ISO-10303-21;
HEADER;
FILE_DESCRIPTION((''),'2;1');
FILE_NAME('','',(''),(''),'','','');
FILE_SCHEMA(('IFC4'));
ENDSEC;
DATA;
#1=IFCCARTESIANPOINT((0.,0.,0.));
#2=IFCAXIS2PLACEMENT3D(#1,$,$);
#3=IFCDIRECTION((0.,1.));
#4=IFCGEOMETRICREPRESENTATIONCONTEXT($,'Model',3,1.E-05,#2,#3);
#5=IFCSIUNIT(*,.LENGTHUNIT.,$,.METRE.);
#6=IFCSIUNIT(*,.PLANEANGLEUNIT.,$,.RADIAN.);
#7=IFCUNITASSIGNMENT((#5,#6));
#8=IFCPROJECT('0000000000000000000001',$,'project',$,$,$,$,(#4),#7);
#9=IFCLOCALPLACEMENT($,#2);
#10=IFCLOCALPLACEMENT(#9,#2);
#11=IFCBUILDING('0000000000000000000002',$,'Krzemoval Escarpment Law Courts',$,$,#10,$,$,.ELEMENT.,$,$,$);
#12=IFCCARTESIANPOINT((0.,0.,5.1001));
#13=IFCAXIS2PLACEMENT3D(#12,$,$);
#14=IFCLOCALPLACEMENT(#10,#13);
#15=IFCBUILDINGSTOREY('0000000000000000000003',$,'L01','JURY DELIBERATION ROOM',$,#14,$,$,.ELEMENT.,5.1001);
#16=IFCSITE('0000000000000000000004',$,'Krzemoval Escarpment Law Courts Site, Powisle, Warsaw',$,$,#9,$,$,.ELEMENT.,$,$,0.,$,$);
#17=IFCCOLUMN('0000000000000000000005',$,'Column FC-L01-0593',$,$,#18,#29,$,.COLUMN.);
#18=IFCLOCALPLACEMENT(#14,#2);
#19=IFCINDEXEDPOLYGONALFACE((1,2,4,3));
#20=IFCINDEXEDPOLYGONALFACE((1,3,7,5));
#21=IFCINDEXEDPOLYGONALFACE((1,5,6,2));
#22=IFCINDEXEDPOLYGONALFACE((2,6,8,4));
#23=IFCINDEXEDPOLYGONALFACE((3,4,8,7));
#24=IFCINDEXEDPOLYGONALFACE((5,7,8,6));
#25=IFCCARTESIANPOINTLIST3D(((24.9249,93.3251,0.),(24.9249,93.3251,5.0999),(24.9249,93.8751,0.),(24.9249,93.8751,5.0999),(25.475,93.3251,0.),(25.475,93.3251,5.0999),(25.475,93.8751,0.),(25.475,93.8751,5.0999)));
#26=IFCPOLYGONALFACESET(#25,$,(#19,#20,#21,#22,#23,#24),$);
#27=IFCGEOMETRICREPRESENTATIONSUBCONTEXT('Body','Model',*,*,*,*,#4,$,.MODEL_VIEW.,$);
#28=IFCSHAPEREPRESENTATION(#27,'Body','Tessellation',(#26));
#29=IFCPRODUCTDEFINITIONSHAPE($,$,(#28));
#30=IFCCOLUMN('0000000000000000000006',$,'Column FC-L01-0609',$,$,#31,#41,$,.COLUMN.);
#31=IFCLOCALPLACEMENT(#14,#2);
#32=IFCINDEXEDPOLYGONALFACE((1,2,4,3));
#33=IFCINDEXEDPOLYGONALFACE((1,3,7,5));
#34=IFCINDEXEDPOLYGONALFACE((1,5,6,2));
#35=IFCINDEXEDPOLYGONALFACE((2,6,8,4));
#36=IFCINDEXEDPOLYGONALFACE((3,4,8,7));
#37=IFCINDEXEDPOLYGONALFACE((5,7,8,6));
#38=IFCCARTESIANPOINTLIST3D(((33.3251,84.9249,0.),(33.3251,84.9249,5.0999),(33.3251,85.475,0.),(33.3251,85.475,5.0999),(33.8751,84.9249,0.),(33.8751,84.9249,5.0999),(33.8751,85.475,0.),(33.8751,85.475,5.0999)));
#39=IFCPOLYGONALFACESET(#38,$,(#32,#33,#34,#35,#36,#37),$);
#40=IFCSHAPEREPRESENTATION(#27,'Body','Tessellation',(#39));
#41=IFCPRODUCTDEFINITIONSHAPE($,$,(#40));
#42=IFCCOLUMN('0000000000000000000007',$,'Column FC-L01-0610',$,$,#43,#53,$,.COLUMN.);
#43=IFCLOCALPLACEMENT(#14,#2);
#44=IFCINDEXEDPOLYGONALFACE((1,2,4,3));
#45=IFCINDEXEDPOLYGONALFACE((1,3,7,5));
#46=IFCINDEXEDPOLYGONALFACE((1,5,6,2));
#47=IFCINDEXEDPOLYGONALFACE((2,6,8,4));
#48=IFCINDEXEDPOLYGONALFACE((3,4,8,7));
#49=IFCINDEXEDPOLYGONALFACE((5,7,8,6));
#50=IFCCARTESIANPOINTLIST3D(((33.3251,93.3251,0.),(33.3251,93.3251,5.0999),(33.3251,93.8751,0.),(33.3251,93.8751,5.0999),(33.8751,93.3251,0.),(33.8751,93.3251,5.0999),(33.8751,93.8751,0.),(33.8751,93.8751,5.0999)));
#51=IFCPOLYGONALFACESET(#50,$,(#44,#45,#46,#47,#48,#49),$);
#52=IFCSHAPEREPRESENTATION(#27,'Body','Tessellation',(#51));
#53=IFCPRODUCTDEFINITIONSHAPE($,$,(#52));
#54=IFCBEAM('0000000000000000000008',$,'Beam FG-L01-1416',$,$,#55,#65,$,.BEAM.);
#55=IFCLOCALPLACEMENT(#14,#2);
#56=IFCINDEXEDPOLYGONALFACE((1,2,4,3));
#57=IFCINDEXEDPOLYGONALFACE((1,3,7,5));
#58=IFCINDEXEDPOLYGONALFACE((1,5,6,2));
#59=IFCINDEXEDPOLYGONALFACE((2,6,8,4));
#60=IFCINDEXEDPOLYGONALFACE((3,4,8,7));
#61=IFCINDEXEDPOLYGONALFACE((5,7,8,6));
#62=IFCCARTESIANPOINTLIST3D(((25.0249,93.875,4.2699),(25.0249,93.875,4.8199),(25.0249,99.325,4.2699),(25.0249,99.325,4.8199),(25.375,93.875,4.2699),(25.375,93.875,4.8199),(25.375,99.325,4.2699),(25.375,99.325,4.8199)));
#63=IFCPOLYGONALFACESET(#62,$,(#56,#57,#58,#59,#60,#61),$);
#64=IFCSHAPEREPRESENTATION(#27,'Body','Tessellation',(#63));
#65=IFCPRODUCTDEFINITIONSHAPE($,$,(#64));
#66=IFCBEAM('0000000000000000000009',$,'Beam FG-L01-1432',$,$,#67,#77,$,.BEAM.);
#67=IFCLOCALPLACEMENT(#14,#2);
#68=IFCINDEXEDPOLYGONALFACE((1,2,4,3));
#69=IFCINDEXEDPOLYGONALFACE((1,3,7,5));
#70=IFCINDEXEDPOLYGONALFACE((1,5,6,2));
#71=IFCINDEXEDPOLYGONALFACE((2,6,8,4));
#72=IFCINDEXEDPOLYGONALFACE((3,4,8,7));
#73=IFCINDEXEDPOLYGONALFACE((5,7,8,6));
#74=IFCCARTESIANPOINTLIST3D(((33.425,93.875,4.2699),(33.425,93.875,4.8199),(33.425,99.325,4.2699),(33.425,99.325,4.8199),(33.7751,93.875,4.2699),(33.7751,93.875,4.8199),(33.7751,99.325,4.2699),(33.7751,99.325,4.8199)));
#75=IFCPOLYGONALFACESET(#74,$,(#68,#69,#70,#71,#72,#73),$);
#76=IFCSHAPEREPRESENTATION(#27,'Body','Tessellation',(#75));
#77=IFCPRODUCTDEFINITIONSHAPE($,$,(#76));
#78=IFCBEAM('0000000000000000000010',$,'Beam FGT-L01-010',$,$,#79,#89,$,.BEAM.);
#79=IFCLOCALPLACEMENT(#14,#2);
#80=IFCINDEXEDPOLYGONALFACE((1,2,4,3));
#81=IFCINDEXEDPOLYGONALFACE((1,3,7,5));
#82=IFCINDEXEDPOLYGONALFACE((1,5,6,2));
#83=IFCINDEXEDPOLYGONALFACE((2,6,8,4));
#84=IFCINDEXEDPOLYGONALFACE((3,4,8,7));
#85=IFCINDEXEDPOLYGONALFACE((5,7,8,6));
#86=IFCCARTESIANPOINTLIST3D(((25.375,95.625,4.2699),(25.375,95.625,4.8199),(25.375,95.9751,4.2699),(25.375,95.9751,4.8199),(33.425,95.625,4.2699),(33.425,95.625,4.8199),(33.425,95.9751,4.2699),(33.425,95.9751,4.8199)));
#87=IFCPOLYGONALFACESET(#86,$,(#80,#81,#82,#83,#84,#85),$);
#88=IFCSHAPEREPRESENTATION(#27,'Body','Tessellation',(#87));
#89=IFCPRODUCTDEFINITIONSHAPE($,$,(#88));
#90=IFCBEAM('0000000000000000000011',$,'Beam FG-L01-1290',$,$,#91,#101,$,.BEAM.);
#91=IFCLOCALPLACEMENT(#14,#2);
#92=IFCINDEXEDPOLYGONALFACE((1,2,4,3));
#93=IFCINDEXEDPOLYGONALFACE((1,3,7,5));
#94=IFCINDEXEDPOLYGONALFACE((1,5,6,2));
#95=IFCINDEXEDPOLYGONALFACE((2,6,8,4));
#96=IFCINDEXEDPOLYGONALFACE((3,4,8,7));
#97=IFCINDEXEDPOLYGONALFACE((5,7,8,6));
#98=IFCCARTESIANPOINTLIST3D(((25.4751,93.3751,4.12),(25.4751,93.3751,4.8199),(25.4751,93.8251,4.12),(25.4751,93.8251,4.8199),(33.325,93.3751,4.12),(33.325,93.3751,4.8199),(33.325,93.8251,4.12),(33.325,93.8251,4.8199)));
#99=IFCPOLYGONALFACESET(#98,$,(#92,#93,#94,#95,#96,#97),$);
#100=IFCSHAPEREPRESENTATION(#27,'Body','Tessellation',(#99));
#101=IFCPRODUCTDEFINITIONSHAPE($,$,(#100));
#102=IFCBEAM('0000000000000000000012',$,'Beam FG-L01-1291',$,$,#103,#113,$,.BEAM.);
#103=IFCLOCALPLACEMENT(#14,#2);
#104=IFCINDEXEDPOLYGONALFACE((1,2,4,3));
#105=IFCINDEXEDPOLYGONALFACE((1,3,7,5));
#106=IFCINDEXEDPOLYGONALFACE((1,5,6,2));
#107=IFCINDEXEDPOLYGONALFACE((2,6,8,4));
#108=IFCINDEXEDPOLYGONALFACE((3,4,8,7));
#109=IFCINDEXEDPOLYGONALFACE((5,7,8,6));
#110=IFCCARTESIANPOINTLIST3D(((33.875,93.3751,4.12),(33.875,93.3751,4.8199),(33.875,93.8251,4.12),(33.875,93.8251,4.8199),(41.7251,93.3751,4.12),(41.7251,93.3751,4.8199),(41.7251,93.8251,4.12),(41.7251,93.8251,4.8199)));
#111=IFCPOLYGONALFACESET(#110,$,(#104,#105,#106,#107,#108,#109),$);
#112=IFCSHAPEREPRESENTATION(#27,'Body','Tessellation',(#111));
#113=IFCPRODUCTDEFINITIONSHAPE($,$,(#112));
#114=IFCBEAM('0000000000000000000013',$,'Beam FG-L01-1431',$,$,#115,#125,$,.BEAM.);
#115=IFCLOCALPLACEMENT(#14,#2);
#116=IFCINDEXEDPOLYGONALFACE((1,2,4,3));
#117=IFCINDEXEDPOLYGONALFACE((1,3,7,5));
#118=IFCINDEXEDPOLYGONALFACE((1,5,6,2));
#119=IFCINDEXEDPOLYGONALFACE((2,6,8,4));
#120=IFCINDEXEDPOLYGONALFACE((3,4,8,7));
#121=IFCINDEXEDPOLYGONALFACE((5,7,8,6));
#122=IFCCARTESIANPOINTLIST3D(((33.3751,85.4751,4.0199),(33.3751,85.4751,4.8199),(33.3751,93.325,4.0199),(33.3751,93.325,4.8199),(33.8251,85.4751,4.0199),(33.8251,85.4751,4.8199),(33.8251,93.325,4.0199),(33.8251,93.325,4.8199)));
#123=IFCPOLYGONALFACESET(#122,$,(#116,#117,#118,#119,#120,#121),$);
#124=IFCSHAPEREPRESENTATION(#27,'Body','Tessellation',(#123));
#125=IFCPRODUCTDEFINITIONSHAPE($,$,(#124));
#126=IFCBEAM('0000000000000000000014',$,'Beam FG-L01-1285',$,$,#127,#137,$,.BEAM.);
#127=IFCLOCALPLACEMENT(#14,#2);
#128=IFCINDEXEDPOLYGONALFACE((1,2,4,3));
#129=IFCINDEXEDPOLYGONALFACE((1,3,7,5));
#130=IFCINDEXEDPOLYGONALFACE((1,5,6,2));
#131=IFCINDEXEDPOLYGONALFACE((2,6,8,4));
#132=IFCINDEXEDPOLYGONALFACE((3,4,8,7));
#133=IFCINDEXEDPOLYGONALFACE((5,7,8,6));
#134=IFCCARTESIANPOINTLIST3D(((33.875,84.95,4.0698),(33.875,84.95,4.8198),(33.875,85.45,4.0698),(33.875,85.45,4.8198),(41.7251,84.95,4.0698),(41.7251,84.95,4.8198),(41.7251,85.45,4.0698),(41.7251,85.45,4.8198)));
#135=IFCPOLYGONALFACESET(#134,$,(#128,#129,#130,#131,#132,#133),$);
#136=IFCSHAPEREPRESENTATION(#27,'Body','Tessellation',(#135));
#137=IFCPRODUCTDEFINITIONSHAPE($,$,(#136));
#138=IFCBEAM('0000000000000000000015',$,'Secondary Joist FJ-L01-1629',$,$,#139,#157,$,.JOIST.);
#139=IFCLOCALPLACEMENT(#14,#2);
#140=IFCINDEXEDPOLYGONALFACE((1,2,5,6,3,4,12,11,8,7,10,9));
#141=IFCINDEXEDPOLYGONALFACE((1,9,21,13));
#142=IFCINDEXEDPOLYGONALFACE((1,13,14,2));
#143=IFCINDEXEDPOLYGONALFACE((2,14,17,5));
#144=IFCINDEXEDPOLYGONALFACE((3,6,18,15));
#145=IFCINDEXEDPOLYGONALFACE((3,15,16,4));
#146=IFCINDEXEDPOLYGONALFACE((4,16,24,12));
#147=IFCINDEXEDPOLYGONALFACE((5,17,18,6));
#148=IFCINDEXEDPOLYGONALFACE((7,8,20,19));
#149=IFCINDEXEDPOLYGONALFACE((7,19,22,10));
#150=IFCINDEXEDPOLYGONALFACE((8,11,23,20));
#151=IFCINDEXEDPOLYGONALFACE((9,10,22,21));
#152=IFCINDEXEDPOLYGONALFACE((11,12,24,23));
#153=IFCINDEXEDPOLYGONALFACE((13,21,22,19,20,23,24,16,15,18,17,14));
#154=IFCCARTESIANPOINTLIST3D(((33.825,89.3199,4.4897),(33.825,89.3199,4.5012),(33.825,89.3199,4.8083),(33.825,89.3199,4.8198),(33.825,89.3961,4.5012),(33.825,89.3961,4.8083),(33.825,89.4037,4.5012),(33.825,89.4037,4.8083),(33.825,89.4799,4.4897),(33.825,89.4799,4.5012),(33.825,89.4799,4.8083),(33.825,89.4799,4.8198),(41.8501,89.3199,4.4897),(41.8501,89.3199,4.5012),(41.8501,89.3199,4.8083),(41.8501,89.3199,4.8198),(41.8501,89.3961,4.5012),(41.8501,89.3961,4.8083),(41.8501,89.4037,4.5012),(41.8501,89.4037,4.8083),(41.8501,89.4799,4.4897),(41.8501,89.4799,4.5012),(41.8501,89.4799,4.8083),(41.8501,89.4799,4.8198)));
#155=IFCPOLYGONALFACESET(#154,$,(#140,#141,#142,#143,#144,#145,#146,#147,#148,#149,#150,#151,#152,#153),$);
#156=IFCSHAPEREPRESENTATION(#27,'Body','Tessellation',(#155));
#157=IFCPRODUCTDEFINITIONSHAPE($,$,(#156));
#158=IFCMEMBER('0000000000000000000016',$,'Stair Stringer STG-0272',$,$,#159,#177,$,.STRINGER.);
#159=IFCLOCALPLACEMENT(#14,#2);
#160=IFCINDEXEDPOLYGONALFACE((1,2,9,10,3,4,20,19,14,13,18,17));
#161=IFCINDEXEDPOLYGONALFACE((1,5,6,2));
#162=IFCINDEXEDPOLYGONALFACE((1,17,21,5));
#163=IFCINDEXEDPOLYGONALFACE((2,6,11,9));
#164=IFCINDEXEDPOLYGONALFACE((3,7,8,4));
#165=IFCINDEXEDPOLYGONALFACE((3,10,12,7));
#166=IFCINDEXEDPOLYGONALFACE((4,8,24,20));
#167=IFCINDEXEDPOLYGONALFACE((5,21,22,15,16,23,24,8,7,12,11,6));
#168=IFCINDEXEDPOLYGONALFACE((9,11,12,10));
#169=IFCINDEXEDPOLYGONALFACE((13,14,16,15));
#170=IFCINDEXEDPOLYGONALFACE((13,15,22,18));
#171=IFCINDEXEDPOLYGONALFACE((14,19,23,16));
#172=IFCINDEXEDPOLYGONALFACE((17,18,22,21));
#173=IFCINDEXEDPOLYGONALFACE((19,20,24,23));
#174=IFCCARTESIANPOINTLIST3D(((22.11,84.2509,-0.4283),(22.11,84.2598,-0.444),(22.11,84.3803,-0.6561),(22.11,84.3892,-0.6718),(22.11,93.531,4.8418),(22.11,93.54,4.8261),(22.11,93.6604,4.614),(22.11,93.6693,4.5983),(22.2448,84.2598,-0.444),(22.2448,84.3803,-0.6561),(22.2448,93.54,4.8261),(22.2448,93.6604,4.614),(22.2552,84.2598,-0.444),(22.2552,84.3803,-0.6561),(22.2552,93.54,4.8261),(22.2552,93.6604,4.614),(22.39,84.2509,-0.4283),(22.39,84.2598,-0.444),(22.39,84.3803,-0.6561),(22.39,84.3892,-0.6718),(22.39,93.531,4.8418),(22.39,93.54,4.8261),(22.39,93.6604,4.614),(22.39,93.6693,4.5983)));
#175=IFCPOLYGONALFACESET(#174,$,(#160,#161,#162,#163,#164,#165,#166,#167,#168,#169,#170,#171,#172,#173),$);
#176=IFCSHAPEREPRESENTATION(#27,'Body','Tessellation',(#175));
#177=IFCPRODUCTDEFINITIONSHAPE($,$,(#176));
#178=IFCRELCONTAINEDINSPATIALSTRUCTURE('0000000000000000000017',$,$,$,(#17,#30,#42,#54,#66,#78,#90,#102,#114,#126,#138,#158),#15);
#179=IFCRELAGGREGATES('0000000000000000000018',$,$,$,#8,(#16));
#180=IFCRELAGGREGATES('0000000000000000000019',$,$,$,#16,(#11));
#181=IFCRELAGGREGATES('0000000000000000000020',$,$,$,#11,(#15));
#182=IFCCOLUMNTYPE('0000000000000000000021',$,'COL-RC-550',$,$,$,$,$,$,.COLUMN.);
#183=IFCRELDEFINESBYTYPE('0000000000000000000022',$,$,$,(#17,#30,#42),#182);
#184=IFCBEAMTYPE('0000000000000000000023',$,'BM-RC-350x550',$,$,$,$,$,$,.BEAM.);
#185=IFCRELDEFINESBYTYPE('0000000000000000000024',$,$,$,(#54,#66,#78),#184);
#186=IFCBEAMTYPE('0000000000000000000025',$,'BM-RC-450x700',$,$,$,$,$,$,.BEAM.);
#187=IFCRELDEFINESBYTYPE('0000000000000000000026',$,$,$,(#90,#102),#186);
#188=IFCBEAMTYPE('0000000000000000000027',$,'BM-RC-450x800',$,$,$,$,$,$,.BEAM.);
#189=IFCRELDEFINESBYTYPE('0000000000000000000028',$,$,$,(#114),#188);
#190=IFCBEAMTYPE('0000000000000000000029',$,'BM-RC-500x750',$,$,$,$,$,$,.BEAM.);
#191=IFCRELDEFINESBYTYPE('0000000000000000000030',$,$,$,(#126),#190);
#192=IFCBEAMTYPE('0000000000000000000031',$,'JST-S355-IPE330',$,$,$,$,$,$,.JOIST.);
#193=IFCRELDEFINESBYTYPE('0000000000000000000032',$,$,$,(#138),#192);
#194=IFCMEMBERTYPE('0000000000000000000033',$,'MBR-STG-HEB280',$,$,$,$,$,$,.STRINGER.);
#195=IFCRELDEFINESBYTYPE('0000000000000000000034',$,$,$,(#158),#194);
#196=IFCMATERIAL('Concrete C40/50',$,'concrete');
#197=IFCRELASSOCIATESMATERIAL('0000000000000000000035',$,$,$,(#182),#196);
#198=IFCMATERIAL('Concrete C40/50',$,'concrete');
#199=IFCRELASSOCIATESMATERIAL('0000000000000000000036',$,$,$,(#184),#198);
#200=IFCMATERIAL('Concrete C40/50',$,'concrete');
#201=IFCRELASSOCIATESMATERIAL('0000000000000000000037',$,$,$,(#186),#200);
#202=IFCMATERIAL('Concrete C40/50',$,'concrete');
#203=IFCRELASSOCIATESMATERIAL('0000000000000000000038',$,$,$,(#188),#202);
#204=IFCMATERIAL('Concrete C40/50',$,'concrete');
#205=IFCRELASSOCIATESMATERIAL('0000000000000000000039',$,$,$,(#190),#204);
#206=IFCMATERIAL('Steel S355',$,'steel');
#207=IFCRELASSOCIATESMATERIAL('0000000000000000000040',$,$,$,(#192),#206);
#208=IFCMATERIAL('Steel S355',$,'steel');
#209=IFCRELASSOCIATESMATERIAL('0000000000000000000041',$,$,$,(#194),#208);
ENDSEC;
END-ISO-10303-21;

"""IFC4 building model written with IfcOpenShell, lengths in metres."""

from ifc_helpers import new_model, si_unit, direction, frame, origin, origin_2d, place, context, subcontext, project, spatial, rectangle, i_section, extrude, material, material_profile, profile_set, type_object, element, save


model = new_model("IFC4")

# Units and contexts
model_context = context("Model", 3, precision=1e-05, world=origin(), true_north=direction((0.0, 1.0)))
body_context = subcontext(model_context, "Body", "Model", "MODEL_VIEW")
ifc_project = project(units=[si_unit("LENGTHUNIT", "METRE"), si_unit("PLANEANGLEUNIT", "RADIAN")], contexts=[model_context])

# Site, building, storey
site_placement = place(None, origin())
site = spatial("IfcSite", under=ifc_project, at=site_placement, Name="Krzemoval Escarpment Law Courts Site, Powisle, Warsaw", CompositionType="ELEMENT", RefElevation=0.0)
building_placement = place(site_placement, origin())
building = spatial("IfcBuilding", under=site, at=building_placement, Name="Krzemoval Escarpment Law Courts", CompositionType="ELEMENT")
storey_placement = place(building_placement, frame((0.0, 0.0, 5.1001)))
storey = spatial("IfcBuildingStorey", under=building, at=storey_placement, Name="L01", Description="JURY DELIBERATION ROOM", CompositionType="ELEMENT", Elevation=5.1001)

# Columns
ifc_material_1 = material(Name="Concrete C40/50", Category="concrete")
ifc_material_profile_1 = material_profile(ifc_material_1, rectangle(XDim=0.55, YDim=0.55, at=origin_2d()), Name="RC 550x550")
ifc_profile_set_1 = profile_set([ifc_material_profile_1], Name="Concrete C40/50")
column_type = type_object("IfcColumnType", Name="COL-RC-550", PredefinedType="COLUMN", material=ifc_profile_set_1)
for number, where, z_axis, x_axis, name in (
    (1, (25.2, 93.6001, 0.0), (0.0, 0.0, 1.0), (1.0, 0.0, 0.0), "Column FC-L01-0593"),
    (2, (33.6001, 85.2, 0.0), (0.0, 0.0, 1.0), (1.0, 0.0, 0.0), "Column FC-L01-0609"),
    (3, (33.6001, 93.6001, 0.0), (0.0, 0.0, 1.0), (1.0, 0.0, 0.0), "Column FC-L01-0610"),
):
    element("IfcColumn", number, at=place(storey_placement, frame(where, z_axis=z_axis, x_axis=x_axis)), inside=storey, type_object=column_type, Name=name, PredefinedType="COLUMN", context=body_context, shape_type="SweptSolid", body=[
        extrude(rectangle(XDim=0.55, YDim=0.55, at=origin_2d()), origin(), (0.0, 0.0, 1.0), 5.0999),
    ])

# Beams
ifc_material_2 = material(Name="Concrete C40/50", Category="concrete")
ifc_material_profile_2 = material_profile(ifc_material_2, rectangle(XDim=0.3501, YDim=0.55, at=origin_2d()), Name="RCB 350x550")
ifc_profile_set_2 = profile_set([ifc_material_profile_2], Name="Concrete C40/50")
beam_type_1 = type_object("IfcBeamType", Name="BM-RC-350x550", PredefinedType="BEAM", material=ifc_profile_set_2)
for number, where, z_axis, x_axis, name in (
    (4, (25.2, 93.875, 4.5449), (0.0, 1.0, 0.0), (-1.0, 0.0, 0.0), "Beam FG-L01-1416"),
    (5, (33.6001, 93.875, 4.5449), (0.0, 1.0, 0.0), (-1.0, 0.0, 0.0), "Beam FG-L01-1432"),
):
    element("IfcBeam", number, at=place(storey_placement, frame(where, z_axis=z_axis, x_axis=x_axis)), inside=storey, type_object=beam_type_1, Name=name, PredefinedType="BEAM", context=body_context, shape_type="SweptSolid", body=[
        extrude(rectangle(XDim=0.3501, YDim=0.55, at=origin_2d()), origin(), (0.0, 0.0, 1.0), 5.45),
    ])
beam_1_placement = place(storey_placement, frame((25.375, 95.8, 4.5449), z_axis=(1.0, 0.0, 0.0), x_axis=(0.0, 1.0, 0.0)))
element("IfcBeam", 6, at=beam_1_placement, inside=storey, type_object=beam_type_1, Name="Beam FGT-L01-010", PredefinedType="BEAM", context=body_context, shape_type="SweptSolid", body=[
    extrude(rectangle(XDim=0.3501, YDim=0.55, at=origin_2d()), origin(), (0.0, 0.0, 1.0), 8.05),
])
ifc_material_3 = material(Name="Concrete C40/50", Category="concrete")
ifc_material_profile_3 = material_profile(ifc_material_3, rectangle(XDim=0.45, YDim=0.7, at=origin_2d()), Name="RCB 450x700")
ifc_profile_set_3 = profile_set([ifc_material_profile_3], Name="Concrete C40/50")
beam_type_2 = type_object("IfcBeamType", Name="BM-RC-450x700", PredefinedType="BEAM", material=ifc_profile_set_3)
beam_2_placement = place(storey_placement, frame((25.4751, 93.6001, 4.47), z_axis=(1.0, 0.0, 0.0), x_axis=(0.0, 1.0, 0.0)))
element("IfcBeam", 7, at=beam_2_placement, inside=storey, type_object=beam_type_2, Name="Beam FG-L01-1290", PredefinedType="BEAM", context=body_context, shape_type="SweptSolid", body=[
    extrude(rectangle(XDim=0.45, YDim=0.7, at=origin_2d()), origin(), (0.0, 0.0, 1.0), 7.8499),
])
beam_3_placement = place(storey_placement, frame((33.875, 93.6001, 4.47), z_axis=(1.0, 0.0, 0.0), x_axis=(0.0, 1.0, 0.0)))
element("IfcBeam", 8, at=beam_3_placement, inside=storey, type_object=beam_type_2, Name="Beam FG-L01-1291", PredefinedType="BEAM", context=body_context, shape_type="SweptSolid", body=[
    extrude(rectangle(XDim=0.45, YDim=0.7, at=origin_2d()), origin(), (0.0, 0.0, 1.0), 7.8501),
])
ifc_material_4 = material(Name="Concrete C40/50", Category="concrete")
ifc_material_profile_4 = material_profile(ifc_material_4, rectangle(XDim=0.45, YDim=0.8, at=origin_2d()), Name="RCB 450x800")
ifc_profile_set_4 = profile_set([ifc_material_profile_4], Name="Concrete C40/50")
beam_type_3 = type_object("IfcBeamType", Name="BM-RC-450x800", PredefinedType="BEAM", material=ifc_profile_set_4)
beam_4_placement = place(storey_placement, frame((33.6001, 85.4751, 4.4199), z_axis=(0.0, 1.0, 0.0), x_axis=(-1.0, 0.0, 0.0)))
element("IfcBeam", 9, at=beam_4_placement, inside=storey, type_object=beam_type_3, Name="Beam FG-L01-1431", PredefinedType="BEAM", context=body_context, shape_type="SweptSolid", body=[
    extrude(rectangle(XDim=0.45, YDim=0.8, at=origin_2d()), origin(), (0.0, 0.0, 1.0), 7.8499),
])
ifc_material_5 = material(Name="Concrete C40/50", Category="concrete")
ifc_material_profile_5 = material_profile(ifc_material_5, rectangle(XDim=0.5, YDim=0.75, at=origin_2d()), Name="RCB 500x750")
ifc_profile_set_5 = profile_set([ifc_material_profile_5], Name="Concrete C40/50")
beam_type_4 = type_object("IfcBeamType", Name="BM-RC-500x750", PredefinedType="BEAM", material=ifc_profile_set_5)
beam_5_placement = place(storey_placement, frame((33.875, 85.2, 4.4448), z_axis=(1.0, 0.0, 0.0), x_axis=(0.0, 1.0, 0.0)))
element("IfcBeam", 10, at=beam_5_placement, inside=storey, type_object=beam_type_4, Name="Beam FG-L01-1285", PredefinedType="BEAM", context=body_context, shape_type="SweptSolid", body=[
    extrude(rectangle(XDim=0.5, YDim=0.75, at=origin_2d()), origin(), (0.0, 0.0, 1.0), 7.8501),
])
ifc_material_6 = material(Name="Steel S355", Category="steel")
ifc_material_profile_6 = material_profile(ifc_material_6, i_section(OverallWidth=0.1599, OverallDepth=0.3301, WebThickness=0.0076, FlangeThickness=0.0115, at=origin_2d()), Name="IPE 330")
ifc_profile_set_6 = profile_set([ifc_material_profile_6], Name="Steel S355")
beam_type_5 = type_object("IfcBeamType", Name="JST-S355-IPE330", PredefinedType="JOIST", material=ifc_profile_set_6)
beam_6_placement = place(storey_placement, frame((33.825, 89.3999, 4.6548), z_axis=(1.0, 0.0, 0.0), x_axis=(0.0, 1.0, 0.0)))
element("IfcBeam", 11, at=beam_6_placement, inside=storey, type_object=beam_type_5, Name="Secondary Joist FJ-L01-1629", PredefinedType="JOIST", context=body_context, shape_type="SweptSolid", body=[
    extrude(i_section(OverallWidth=0.1599, OverallDepth=0.3301, WebThickness=0.0076, FlangeThickness=0.0115, at=origin_2d()), origin(), (0.0, 0.0, 1.0), 8.0251),
])

# Member
ifc_material_7 = material(Name="Steel S355", Category="steel")
ifc_material_profile_7 = material_profile(ifc_material_7, i_section(OverallWidth=0.28, OverallDepth=0.28, WebThickness=0.0105, FlangeThickness=0.0181, at=origin_2d()), Name="HEB 280")
ifc_profile_set_7 = profile_set([ifc_material_profile_7], Name="Steel S355")
member_type_1 = type_object("IfcMemberType", Name="MBR-STG-HEB280", PredefinedType="STRINGER", material=ifc_profile_set_7)
for number, where, z_axis, x_axis, name in (
    (12, (22.25, 84.3201, -0.55), (0.0, 0.869566, 0.493816), (-1.0, 0.0, 0.0), "Stair Stringer STG-0272"),
):
    element("IfcMember", number, at=place(storey_placement, frame(where, z_axis=z_axis, x_axis=x_axis)), inside=storey, type_object=member_type_1, Name=name, PredefinedType="STRINGER", context=body_context, shape_type="SweptSolid", body=[
        extrude(i_section(OverallWidth=0.28, OverallDepth=0.28, WebThickness=0.0105, FlangeThickness=0.0181, at=origin_2d()), origin(), (0.0, 0.0, 1.0), 10.6721),
    ])

save(model, "model.ifc")
